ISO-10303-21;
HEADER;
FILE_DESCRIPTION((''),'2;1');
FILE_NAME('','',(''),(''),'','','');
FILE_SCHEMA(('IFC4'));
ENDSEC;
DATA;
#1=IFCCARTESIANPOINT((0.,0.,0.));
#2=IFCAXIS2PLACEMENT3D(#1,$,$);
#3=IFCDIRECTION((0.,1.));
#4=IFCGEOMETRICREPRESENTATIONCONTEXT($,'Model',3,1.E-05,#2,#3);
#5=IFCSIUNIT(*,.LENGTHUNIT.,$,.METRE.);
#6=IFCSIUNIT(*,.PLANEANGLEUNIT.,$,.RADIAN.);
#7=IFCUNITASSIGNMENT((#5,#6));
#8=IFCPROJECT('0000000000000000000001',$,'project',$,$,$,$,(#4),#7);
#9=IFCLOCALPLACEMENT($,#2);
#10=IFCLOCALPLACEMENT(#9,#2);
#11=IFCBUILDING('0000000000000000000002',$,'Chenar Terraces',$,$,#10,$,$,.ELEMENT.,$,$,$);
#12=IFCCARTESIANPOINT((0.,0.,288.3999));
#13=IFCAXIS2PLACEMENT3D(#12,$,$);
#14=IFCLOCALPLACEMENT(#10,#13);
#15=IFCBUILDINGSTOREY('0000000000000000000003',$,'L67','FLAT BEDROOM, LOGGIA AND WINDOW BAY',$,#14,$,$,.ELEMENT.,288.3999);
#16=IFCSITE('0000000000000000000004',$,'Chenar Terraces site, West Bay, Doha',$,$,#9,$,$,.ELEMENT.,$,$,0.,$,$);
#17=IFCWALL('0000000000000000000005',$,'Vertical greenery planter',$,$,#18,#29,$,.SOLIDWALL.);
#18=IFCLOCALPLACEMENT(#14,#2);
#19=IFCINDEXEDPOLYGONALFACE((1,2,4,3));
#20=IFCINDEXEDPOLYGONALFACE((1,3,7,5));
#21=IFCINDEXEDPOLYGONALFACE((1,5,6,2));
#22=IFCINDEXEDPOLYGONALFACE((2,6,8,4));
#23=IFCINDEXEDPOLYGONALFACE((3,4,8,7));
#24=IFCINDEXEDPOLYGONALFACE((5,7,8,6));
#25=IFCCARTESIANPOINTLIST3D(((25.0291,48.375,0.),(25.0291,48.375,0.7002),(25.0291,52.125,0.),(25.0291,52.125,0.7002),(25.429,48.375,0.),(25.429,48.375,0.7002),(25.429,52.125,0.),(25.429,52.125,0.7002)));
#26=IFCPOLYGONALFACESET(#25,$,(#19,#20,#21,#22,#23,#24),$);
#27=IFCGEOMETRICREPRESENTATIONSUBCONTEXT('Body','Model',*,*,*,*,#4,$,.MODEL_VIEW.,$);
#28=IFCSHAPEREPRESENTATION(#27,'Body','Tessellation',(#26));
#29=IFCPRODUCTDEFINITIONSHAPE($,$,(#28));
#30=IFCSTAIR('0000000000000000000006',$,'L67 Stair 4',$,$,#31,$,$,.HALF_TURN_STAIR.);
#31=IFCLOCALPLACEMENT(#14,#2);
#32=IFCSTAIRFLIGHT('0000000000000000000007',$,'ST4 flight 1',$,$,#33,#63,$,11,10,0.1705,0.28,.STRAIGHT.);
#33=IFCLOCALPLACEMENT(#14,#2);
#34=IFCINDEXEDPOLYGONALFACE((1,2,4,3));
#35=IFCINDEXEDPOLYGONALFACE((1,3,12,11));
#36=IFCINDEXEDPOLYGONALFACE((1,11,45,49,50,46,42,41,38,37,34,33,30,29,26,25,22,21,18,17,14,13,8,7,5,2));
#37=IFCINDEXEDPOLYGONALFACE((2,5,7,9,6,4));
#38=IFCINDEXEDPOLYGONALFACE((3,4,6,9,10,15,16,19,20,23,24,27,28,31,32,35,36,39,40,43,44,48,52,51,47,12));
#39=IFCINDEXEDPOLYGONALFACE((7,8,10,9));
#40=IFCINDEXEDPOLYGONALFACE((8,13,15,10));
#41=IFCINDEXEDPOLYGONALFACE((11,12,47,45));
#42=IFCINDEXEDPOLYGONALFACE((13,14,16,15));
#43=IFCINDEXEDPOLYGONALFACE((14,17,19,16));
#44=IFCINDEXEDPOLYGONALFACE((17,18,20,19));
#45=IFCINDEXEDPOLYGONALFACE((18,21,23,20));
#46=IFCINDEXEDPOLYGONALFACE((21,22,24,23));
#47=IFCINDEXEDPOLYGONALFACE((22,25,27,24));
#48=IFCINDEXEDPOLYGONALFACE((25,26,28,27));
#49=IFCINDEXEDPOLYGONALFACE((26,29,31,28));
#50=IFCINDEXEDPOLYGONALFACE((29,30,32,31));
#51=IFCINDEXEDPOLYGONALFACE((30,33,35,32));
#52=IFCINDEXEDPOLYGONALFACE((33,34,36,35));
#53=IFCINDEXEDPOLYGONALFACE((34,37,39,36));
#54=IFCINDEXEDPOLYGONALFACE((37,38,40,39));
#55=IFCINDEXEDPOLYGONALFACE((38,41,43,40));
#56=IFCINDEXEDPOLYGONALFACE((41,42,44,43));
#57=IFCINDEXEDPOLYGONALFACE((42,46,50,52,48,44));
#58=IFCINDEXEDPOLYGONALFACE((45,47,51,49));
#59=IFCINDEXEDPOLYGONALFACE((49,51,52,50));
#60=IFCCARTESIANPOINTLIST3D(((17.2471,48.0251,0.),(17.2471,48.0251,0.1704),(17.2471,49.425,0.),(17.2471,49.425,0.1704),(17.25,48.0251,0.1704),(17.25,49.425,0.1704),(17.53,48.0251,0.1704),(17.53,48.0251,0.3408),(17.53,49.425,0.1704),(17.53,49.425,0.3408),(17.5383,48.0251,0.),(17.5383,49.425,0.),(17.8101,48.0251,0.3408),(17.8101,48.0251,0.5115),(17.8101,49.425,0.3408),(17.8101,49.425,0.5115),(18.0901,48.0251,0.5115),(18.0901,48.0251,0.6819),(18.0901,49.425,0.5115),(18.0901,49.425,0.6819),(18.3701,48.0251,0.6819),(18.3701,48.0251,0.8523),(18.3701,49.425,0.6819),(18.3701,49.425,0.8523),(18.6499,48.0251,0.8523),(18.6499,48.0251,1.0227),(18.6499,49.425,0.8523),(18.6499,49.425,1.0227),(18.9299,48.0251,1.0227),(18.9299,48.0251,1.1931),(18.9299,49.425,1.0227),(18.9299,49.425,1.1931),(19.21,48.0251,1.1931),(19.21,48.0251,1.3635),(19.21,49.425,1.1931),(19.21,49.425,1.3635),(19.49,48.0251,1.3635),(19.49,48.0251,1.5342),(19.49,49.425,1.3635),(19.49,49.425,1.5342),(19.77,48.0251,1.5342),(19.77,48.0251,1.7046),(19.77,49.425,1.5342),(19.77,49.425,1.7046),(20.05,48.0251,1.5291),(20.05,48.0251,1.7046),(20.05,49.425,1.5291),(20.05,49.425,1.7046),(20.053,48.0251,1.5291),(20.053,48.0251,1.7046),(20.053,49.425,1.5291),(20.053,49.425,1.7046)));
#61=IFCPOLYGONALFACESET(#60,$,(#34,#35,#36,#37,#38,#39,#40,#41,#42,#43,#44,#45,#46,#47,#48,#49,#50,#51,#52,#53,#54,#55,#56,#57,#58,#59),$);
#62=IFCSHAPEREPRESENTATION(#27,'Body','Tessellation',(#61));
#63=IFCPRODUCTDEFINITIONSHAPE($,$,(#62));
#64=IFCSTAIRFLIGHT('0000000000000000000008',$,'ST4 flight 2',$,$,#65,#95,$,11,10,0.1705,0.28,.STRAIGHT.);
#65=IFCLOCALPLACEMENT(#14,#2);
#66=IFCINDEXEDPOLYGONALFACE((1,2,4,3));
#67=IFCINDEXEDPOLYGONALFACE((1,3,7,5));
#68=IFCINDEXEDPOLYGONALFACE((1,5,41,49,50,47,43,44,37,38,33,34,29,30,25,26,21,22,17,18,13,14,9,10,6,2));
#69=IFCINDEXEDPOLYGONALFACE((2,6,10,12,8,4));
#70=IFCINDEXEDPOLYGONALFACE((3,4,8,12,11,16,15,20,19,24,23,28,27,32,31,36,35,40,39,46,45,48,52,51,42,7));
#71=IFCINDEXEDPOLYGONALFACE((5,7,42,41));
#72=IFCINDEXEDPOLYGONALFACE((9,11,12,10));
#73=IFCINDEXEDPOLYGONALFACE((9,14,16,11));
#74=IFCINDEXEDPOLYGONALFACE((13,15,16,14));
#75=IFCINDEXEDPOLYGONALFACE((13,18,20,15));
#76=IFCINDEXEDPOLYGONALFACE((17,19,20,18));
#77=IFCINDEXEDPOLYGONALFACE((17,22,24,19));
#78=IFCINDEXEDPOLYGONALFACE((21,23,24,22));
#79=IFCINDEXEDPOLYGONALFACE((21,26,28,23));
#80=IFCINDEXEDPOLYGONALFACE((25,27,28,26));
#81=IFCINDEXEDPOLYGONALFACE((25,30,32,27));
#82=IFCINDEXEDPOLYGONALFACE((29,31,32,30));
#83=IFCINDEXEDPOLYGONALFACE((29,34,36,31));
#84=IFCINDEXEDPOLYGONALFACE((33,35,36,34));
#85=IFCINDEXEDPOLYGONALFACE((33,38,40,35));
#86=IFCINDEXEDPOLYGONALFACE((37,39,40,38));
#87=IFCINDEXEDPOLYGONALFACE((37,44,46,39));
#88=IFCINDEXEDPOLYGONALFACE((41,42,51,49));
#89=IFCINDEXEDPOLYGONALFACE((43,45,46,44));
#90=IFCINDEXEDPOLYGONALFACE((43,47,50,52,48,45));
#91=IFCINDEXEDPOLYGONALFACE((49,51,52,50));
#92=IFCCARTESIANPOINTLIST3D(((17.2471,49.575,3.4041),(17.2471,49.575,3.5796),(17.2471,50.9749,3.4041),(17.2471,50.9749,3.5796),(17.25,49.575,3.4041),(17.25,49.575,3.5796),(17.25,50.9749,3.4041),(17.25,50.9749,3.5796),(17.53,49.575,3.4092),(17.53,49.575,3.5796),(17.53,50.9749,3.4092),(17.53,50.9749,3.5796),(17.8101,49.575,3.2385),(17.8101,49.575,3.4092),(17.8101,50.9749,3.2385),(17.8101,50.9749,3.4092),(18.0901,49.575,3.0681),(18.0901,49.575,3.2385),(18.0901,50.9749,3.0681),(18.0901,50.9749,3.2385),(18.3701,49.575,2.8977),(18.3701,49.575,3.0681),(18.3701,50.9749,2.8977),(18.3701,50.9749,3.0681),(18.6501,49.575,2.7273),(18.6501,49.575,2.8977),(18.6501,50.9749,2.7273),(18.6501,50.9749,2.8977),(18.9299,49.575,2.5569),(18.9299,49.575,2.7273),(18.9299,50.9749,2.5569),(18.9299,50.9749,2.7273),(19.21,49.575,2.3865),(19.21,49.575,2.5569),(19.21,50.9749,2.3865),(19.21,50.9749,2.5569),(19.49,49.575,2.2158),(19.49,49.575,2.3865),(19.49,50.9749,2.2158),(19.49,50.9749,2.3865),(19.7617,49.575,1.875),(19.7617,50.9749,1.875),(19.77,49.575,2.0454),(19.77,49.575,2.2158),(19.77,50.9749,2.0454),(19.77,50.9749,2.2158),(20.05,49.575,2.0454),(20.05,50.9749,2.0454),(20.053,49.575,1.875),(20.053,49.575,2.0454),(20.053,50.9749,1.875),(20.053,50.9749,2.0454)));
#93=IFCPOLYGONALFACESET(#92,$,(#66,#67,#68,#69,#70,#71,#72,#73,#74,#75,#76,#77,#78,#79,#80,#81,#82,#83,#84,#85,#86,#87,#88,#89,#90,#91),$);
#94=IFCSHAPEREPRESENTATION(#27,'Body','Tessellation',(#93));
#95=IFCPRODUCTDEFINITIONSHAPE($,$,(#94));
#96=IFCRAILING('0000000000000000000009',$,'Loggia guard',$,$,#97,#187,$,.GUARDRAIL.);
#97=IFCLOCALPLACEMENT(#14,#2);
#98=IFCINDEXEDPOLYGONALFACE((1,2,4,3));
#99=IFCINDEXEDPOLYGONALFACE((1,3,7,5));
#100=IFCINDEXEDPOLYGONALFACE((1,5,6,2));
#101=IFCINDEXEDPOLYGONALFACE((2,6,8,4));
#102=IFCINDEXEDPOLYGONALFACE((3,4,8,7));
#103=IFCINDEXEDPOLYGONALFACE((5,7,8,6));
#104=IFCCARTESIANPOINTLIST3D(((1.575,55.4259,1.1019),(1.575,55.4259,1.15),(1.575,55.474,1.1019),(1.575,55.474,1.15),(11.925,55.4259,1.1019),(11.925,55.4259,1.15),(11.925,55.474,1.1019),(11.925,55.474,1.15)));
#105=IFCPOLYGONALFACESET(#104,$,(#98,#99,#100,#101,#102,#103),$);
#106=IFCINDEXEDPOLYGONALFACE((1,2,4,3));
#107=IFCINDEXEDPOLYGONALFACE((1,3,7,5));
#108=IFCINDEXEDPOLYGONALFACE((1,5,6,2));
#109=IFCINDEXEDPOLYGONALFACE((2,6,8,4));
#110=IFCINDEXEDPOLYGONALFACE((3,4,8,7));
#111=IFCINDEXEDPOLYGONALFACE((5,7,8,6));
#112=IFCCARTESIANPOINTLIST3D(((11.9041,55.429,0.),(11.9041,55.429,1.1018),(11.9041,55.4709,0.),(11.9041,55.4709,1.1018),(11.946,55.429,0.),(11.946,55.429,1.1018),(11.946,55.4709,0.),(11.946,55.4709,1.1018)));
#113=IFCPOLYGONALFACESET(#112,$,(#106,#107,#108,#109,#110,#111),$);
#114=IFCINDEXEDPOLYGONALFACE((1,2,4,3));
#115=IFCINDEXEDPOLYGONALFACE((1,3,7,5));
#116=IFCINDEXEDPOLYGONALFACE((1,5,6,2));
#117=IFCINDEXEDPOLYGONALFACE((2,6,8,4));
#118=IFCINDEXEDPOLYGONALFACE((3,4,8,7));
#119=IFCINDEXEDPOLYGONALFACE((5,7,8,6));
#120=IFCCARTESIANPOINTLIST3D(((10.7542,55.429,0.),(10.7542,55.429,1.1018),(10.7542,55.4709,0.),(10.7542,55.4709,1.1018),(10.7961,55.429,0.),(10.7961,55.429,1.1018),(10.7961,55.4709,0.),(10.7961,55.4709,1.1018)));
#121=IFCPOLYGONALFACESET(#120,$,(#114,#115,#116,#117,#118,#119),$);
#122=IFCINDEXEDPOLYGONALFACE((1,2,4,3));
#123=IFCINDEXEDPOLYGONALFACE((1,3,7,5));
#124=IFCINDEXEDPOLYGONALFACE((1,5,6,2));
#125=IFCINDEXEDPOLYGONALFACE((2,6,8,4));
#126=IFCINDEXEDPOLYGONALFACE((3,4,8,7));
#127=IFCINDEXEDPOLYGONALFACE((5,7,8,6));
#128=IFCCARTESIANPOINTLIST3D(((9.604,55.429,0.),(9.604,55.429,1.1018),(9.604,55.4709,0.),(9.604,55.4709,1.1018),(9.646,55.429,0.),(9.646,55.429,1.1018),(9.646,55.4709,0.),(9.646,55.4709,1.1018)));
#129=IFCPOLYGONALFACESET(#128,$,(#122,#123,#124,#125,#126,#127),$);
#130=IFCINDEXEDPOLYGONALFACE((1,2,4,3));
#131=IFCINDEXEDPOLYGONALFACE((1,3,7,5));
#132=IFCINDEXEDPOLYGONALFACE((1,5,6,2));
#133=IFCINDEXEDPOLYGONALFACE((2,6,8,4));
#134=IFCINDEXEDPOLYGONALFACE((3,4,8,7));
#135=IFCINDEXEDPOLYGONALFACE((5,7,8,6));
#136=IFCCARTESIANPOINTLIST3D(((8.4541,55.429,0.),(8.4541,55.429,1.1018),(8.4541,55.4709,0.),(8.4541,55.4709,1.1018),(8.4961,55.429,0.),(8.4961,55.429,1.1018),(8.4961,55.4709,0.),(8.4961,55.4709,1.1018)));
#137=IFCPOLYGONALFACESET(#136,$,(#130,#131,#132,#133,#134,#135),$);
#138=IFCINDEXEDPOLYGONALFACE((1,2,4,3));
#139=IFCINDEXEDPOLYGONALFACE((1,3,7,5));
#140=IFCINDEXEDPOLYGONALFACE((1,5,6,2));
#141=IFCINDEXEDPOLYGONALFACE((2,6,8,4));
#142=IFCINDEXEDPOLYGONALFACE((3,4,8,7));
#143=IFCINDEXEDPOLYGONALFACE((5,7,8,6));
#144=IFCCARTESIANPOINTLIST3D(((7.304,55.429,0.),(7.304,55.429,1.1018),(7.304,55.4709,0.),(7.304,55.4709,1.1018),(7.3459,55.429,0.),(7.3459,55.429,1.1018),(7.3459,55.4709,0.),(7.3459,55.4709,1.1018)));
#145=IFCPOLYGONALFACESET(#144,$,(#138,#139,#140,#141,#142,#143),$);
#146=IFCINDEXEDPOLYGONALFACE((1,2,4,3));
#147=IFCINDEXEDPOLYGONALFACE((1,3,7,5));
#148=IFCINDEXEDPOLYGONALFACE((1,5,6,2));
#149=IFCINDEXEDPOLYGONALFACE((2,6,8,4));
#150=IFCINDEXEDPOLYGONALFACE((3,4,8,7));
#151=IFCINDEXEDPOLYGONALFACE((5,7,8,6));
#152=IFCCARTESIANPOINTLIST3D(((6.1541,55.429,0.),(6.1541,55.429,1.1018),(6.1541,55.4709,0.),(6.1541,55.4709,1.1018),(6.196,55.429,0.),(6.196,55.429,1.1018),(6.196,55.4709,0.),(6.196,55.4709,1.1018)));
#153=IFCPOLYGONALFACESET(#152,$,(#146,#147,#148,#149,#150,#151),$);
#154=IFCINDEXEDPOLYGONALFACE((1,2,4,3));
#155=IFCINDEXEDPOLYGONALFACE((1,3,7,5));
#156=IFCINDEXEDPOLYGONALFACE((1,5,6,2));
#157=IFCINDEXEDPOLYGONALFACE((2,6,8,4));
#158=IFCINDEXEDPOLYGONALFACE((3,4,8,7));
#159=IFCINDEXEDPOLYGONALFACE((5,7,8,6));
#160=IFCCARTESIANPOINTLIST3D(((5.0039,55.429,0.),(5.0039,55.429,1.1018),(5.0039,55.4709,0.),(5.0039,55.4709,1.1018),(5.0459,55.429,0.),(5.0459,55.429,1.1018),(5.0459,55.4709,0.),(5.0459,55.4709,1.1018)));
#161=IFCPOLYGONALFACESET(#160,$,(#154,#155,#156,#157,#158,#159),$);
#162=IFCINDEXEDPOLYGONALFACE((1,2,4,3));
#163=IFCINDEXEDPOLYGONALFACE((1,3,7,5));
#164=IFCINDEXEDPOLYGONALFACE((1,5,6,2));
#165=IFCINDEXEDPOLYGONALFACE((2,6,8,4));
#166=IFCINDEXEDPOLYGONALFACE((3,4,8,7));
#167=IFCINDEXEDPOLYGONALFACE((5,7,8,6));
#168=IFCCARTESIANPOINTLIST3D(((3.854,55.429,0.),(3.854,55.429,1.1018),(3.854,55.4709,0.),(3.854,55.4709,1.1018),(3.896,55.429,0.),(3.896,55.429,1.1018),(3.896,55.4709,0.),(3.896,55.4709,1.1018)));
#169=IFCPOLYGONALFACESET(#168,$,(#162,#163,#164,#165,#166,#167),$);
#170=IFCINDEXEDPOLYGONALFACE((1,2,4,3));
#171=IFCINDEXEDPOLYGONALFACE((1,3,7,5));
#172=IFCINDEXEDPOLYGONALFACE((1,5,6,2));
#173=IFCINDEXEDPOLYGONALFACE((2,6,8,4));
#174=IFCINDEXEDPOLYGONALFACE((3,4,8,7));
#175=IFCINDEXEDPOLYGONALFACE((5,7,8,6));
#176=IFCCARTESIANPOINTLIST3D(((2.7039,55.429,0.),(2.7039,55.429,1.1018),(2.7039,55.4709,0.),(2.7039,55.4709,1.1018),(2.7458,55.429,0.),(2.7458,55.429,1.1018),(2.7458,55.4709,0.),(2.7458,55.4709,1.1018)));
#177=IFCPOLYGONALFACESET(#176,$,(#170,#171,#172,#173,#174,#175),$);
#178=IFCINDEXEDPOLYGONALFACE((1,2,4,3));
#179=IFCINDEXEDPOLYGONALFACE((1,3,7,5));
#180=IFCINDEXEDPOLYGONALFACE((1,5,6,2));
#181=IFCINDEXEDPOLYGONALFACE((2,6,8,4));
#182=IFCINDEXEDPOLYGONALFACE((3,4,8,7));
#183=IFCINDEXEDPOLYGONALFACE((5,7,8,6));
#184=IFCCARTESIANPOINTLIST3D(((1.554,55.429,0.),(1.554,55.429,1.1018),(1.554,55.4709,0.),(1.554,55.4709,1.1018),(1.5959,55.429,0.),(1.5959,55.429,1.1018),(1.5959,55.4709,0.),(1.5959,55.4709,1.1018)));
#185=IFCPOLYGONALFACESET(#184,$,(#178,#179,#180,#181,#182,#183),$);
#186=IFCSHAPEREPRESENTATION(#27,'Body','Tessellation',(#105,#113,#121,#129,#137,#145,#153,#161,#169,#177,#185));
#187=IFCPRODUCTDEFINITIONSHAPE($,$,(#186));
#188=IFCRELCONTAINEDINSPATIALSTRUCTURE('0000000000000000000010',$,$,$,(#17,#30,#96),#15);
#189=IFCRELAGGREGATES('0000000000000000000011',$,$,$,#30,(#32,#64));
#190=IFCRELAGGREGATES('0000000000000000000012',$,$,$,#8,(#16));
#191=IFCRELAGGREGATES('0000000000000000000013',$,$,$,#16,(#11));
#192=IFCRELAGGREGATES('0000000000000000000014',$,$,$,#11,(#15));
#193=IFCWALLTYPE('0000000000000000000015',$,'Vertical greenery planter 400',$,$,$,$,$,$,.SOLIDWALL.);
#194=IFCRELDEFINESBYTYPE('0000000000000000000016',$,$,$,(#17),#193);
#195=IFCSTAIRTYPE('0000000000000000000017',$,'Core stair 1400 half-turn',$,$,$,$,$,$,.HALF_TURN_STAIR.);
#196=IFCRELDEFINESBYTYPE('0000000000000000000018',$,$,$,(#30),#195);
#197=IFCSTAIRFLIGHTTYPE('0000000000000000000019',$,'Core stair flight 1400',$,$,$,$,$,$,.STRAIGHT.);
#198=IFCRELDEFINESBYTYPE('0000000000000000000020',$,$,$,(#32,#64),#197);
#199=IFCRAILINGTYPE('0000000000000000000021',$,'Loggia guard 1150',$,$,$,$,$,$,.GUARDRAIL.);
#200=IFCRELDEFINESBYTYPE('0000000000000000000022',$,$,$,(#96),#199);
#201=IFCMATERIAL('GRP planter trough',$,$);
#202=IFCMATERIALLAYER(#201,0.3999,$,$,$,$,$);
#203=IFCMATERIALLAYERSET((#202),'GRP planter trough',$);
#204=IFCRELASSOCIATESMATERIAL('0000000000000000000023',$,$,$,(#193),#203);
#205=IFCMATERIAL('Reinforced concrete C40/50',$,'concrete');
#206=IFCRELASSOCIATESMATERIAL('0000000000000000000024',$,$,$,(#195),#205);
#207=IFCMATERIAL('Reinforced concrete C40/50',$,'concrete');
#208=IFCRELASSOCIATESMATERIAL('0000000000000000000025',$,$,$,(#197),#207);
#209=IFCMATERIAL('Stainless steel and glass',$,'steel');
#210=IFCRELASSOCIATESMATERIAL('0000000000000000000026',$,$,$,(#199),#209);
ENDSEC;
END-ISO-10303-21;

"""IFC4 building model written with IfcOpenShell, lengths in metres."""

from ifc_helpers import new_model, si_unit, direction, frame, frame_2d, origin, origin_2d, place, context, subcontext, project, spatial, polyline, rectangle, outline, extrude, material, layer, layer_set, type_object, element, aggregate, save


model = new_model("IFC4")

# Units and contexts
model_context = context("Model", 3, precision=1e-05, world=origin(), true_north=direction((0.0, 1.0)))
body_context = subcontext(model_context, "Body", "Model", "MODEL_VIEW")
ifc_project = project(units=[si_unit("LENGTHUNIT", "METRE"), si_unit("PLANEANGLEUNIT", "RADIAN")], contexts=[model_context])

# Site, building, storey
site_placement = place(None, origin())
site = spatial("IfcSite", under=ifc_project, at=site_placement, Name="Chenar Terraces site, West Bay, Doha", CompositionType="ELEMENT", RefElevation=0.0)
building_placement = place(site_placement, origin())
building = spatial("IfcBuilding", under=site, at=building_placement, Name="Chenar Terraces", CompositionType="ELEMENT")
storey_placement = place(building_placement, frame((0.0, 0.0, 288.3999)))
storey = spatial("IfcBuildingStorey", under=building, at=storey_placement, Name="L67", Description="FLAT BEDROOM, LOGGIA AND WINDOW BAY", CompositionType="ELEMENT", Elevation=288.3999)

# Wall
ifc_material_1 = material(Name="GRP planter trough")
ifc_layer_1 = layer(ifc_material_1, 0.3999)
ifc_layer_set_1 = layer_set([ifc_layer_1], Name="GRP planter trough")
wall_type_1 = type_object("IfcWallType", Name="Vertical greenery planter 400", PredefinedType="SOLIDWALL", material=ifc_layer_set_1)
wall_1_placement = place(storey_placement, frame((25.229, 48.375, 0.0), z_axis=(0.0, 0.0, 1.0), x_axis=(0.0, 1.0, 0.0)))
element("IfcWall", 1, at=wall_1_placement, inside=storey, type_object=wall_type_1, Name="Vertical greenery planter", PredefinedType="SOLIDWALL", context=body_context, shape_type="SweptSolid", body=[
    extrude(rectangle(XDim=3.75, YDim=0.3999, at=frame_2d((1.875, 0.0))), origin(), (0.0, 0.0, 1.0), 0.7002),
])

# Stair, stair flights
ifc_material_2 = material(Name="Reinforced concrete C40/50", Category="concrete")
stair_type = type_object("IfcStairType", Name="Core stair 1400 half-turn", PredefinedType="HALF_TURN_STAIR", material=ifc_material_2)
stair_placement = place(storey_placement, origin())
stair = element("IfcStair", 2, at=stair_placement, inside=storey, type_object=stair_type, Name="L67 Stair 4", PredefinedType="HALF_TURN_STAIR")
ifc_material_3 = material(Name="Reinforced concrete C40/50", Category="concrete")
stair_flight_type = type_object("IfcStairFlightType", Name="Core stair flight 1400", PredefinedType="STRAIGHT", material=ifc_material_3)
stair_flight_1_placement = place(storey_placement, frame((17.25, 48.7251, 0.0), z_axis=(0.0, 0.0, 1.0), x_axis=(1.0, 0.0, 0.0)))
stair_flight_1 = element("IfcStairFlight", 3, at=stair_flight_1_placement, type_object=stair_flight_type, Name="ST4 flight 1", NumberOfRisers=11, NumberOfTreads=10, PredefinedType="STRAIGHT", RiserHeight=0.1705, TreadLength=0.28, context=body_context, shape_type="SweptSolid", body=[
    extrude(outline(polyline([(-0.0029, 0.0), (-0.0029, 0.1704), (0.0, 0.1704), (0.28, 0.1704), (0.28, 0.3408), (0.5601, 0.3408), (0.5601, 0.5115), (0.8401, 0.5115), (0.8401, 0.6819), (1.1201, 0.6819), (1.1201, 0.8523), (1.3999, 0.8523), (1.3999, 1.0227), (1.6799, 1.0227), (1.6799, 1.1931), (1.96, 1.1931), (1.96, 1.3635), (2.24, 1.3635), (2.24, 1.5342), (2.52, 1.5342), (2.52, 1.7046), (2.8, 1.7046), (2.803, 1.7046), (2.803, 1.5291), (2.8, 1.5291), (0.2883, 0.0), (-0.0029, 0.0)])), frame((0.0, 0.7, 0.0), z_axis=(0.0, -1.0, 0.0), x_axis=(1.0, 0.0, 0.0)), (0.0, 0.0, 1.0), 1.3999),
])
stair_flight_2_placement = place(storey_placement, frame((20.05, 50.2749, 1.875), z_axis=(0.0, 0.0, 1.0), x_axis=(-1.0, 0.0, 0.0)))
stair_flight_2 = element("IfcStairFlight", 4, at=stair_flight_2_placement, type_object=stair_flight_type, Name="ST4 flight 2", NumberOfRisers=11, NumberOfTreads=10, PredefinedType="STRAIGHT", RiserHeight=0.1705, TreadLength=0.28, context=body_context, shape_type="SweptSolid", body=[
    extrude(outline(polyline([(-0.0029, 0.0), (-0.0029, 0.1704), (0.0, 0.1704), (0.28, 0.1704), (0.28, 0.3408), (0.5601, 0.3408), (0.5601, 0.5115), (0.8401, 0.5115), (0.8401, 0.6819), (1.1201, 0.6819), (1.1201, 0.8523), (1.3999, 0.8523), (1.3999, 1.0227), (1.6799, 1.0227), (1.6799, 1.1931), (1.96, 1.1931), (1.96, 1.3635), (2.24, 1.3635), (2.24, 1.5342), (2.52, 1.5342), (2.52, 1.7046), (2.8, 1.7046), (2.803, 1.7046), (2.803, 1.5291), (2.8, 1.5291), (0.2883, 0.0), (-0.0029, 0.0)])), frame((0.0, 0.7, 0.0), z_axis=(0.0, -1.0, 0.0), x_axis=(1.0, 0.0, 0.0)), (0.0, 0.0, 1.0), 1.3999),
])
aggregate(stair, [stair_flight_1, stair_flight_2])

# Railing
ifc_material_4 = material(Name="Stainless steel and glass", Category="steel")
railing_type_1 = type_object("IfcRailingType", Name="Loggia guard 1150", PredefinedType="GUARDRAIL", material=ifc_material_4)
railing_1_placement = place(storey_placement, frame((11.925, 55.45, 0.0)))
element("IfcRailing", 5, at=railing_1_placement, inside=storey, type_object=railing_type_1, Name="Loggia guard", PredefinedType="GUARDRAIL", context=body_context, shape_type="SweptSolid", body=[
    extrude(rectangle(XDim=0.0481, YDim=0.0481, at=origin_2d()), frame((0.0, 0.0, 1.126), z_axis=(-1.0, 0.0, 0.0), x_axis=(0.0, -1.0, 0.0)), (0.0, 0.0, 1.0), 10.3501),
    extrude(rectangle(XDim=0.042, YDim=0.042, at=origin_2d()), origin(), (0.0, 0.0, 1.0), 1.1018),
    extrude(rectangle(XDim=0.042, YDim=0.042, at=origin_2d()), frame((-1.1499, 0.0, 0.0)), (0.0, 0.0, 1.0), 1.1018),
    extrude(rectangle(XDim=0.042, YDim=0.042, at=origin_2d()), frame((-2.3, 0.0, 0.0)), (0.0, 0.0, 1.0), 1.1018),
    extrude(rectangle(XDim=0.042, YDim=0.042, at=origin_2d()), frame((-3.45, 0.0, 0.0)), (0.0, 0.0, 1.0), 1.1018),
    extrude(rectangle(XDim=0.042, YDim=0.042, at=origin_2d()), frame((-4.6001, 0.0, 0.0)), (0.0, 0.0, 1.0), 1.1018),
    extrude(rectangle(XDim=0.042, YDim=0.042, at=origin_2d()), frame((-5.75, 0.0, 0.0)), (0.0, 0.0, 1.0), 1.1018),
    extrude(rectangle(XDim=0.042, YDim=0.042, at=origin_2d()), frame((-6.9001, 0.0, 0.0)), (0.0, 0.0, 1.0), 1.1018),
    extrude(rectangle(XDim=0.042, YDim=0.042, at=origin_2d()), frame((-8.05, 0.0, 0.0)), (0.0, 0.0, 1.0), 1.1018),
    extrude(rectangle(XDim=0.042, YDim=0.042, at=origin_2d()), frame((-9.2002, 0.0, 0.0)), (0.0, 0.0, 1.0), 1.1018),
    extrude(rectangle(XDim=0.042, YDim=0.042, at=origin_2d()), frame((-10.3501, 0.0, 0.0)), (0.0, 0.0, 1.0), 1.1018),
])

save(model, "model.ifc")
